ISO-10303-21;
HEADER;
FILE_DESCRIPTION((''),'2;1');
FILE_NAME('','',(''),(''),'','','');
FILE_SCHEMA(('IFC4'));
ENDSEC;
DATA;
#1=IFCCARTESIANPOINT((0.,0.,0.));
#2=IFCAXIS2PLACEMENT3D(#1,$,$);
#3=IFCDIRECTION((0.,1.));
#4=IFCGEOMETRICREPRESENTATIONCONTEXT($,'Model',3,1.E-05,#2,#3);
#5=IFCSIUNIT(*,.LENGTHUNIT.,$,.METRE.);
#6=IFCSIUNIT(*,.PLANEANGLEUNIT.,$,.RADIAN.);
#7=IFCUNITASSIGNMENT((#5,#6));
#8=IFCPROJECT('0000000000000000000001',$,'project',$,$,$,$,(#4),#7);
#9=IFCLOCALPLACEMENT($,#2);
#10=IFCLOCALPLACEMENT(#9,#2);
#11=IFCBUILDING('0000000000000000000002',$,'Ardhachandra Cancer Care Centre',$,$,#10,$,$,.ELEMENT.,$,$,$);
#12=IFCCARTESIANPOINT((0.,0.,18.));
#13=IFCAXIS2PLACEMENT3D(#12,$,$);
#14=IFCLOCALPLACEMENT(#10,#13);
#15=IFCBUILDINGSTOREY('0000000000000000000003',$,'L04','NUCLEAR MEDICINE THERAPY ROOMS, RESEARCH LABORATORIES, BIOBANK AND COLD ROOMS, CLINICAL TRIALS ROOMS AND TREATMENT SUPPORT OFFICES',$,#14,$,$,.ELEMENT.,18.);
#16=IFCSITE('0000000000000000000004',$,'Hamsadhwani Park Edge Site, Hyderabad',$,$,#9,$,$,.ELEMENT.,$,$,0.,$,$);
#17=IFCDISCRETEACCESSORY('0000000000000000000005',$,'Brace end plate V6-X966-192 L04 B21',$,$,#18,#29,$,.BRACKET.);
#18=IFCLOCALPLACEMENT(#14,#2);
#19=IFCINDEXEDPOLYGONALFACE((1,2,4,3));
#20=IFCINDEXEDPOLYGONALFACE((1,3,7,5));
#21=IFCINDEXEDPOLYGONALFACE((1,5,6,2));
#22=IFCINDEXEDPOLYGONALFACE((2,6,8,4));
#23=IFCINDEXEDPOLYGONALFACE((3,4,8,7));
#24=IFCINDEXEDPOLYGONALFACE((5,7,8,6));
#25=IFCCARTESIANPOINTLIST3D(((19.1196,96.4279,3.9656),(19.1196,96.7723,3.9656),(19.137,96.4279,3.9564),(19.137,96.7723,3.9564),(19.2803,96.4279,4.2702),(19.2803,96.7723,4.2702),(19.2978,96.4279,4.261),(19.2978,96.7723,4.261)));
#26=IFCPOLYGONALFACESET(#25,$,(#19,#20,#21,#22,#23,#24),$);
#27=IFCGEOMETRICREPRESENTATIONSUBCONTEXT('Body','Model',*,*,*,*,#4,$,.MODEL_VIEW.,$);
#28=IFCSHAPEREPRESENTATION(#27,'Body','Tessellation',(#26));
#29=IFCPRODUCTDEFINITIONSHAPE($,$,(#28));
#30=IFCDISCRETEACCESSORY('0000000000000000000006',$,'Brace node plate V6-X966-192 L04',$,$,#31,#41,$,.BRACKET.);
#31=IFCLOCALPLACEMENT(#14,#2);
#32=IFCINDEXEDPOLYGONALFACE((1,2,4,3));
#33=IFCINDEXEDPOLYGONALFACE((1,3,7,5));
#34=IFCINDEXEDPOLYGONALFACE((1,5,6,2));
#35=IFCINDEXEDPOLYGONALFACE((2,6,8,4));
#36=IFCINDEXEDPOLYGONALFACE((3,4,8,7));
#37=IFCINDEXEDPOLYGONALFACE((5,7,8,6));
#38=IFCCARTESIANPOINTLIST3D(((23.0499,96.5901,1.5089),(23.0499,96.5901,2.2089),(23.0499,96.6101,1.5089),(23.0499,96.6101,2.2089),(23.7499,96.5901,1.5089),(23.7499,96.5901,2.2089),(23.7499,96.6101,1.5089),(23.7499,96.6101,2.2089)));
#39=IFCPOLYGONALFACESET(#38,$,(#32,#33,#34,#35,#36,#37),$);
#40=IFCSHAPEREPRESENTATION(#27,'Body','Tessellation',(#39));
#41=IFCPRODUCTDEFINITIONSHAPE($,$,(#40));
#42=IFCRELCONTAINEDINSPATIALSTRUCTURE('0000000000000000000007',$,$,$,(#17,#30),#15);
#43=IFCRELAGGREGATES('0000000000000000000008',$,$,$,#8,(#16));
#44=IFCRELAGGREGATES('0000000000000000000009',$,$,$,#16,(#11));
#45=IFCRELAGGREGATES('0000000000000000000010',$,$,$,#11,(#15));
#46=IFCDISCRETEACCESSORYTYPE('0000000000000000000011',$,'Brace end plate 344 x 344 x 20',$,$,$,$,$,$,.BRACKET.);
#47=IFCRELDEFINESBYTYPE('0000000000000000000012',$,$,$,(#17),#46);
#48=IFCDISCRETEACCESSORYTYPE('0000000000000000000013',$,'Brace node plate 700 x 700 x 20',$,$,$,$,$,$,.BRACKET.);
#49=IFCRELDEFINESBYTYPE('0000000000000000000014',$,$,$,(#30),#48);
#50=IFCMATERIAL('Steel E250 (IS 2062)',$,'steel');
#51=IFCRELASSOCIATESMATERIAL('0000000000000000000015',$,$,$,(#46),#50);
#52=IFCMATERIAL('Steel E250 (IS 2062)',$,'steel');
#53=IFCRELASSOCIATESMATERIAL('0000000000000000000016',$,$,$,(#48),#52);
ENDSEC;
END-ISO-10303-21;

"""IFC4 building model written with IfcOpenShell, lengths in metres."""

from ifc_helpers import new_model, si_unit, direction, frame, origin, origin_2d, place, context, subcontext, project, spatial, rectangle, extrude, material, material_profile, profile_set, type_object, element, save


model = new_model("IFC4")

# Units and contexts
model_context = context("Model", 3, precision=1e-05, world=origin(), true_north=direction((0.0, 1.0)))
body_context = subcontext(model_context, "Body", "Model", "MODEL_VIEW")
ifc_project = project(units=[si_unit("LENGTHUNIT", "METRE"), si_unit("PLANEANGLEUNIT", "RADIAN")], contexts=[model_context])

# Site, building, storey
site_placement = place(None, origin())
site = spatial("IfcSite", under=ifc_project, at=site_placement, Name="Hamsadhwani Park Edge Site, Hyderabad", CompositionType="ELEMENT", RefElevation=0.0)
building_placement = place(site_placement, origin())
building = spatial("IfcBuilding", under=site, at=building_placement, Name="Ardhachandra Cancer Care Centre", CompositionType="ELEMENT")
storey_placement = place(building_placement, frame((0.0, 0.0, 18.0)))
storey = spatial("IfcBuildingStorey", under=building, at=storey_placement, Name="L04", Description="NUCLEAR MEDICINE THERAPY ROOMS, RESEARCH LABORATORIES, BIOBANK AND COLD ROOMS, CLINICAL TRIALS ROOMS AND TREATMENT SUPPORT OFFICES", CompositionType="ELEMENT", Elevation=18.0)

# Discrete accessories
ifc_material_1 = material(Name="Steel E250 (IS 2062)", Category="steel")
ifc_material_profile_1 = material_profile(ifc_material_1, rectangle(XDim=0.3445, YDim=0.3445, at=origin_2d()), Name="PL 344x344x20")
ifc_profile_set_1 = profile_set([ifc_material_profile_1], Name="Steel E250 (IS 2062)")
discrete_accessory_type_1 = type_object("IfcDiscreteAccessoryType", Name="Brace end plate 344 x 344 x 20", PredefinedType="BRACKET", material=ifc_profile_set_1)
for number, where, z_axis, x_axis, name in (
    (1, (19.2, 96.6001, 4.1179), (0.884385, 0.0, -0.466759), (0.0, 1.0, 0.0), "Brace end plate V6-X966-192 L04 B21"),
):
    element("IfcDiscreteAccessory", number, at=place(storey_placement, frame(where, z_axis=z_axis, x_axis=x_axis)), inside=storey, type_object=discrete_accessory_type_1, Name=name, PredefinedType="BRACKET", context=body_context, shape_type="SweptSolid", body=[
        extrude(rectangle(XDim=0.3445, YDim=0.3445, at=origin_2d()), origin(), (0.0, 0.0, 1.0), 0.0198),
    ])
ifc_material_2 = material(Name="Steel E250 (IS 2062)", Category="steel")
ifc_material_profile_2 = material_profile(ifc_material_2, rectangle(XDim=0.7, YDim=0.7, at=origin_2d()), Name="PL 700x700x20")
ifc_profile_set_2 = profile_set([ifc_material_profile_2], Name="Steel E250 (IS 2062)")
discrete_accessory_type_2 = type_object("IfcDiscreteAccessoryType", Name="Brace node plate 700 x 700 x 20", PredefinedType="BRACKET", material=ifc_profile_set_2)
discrete_accessory_placement = place(storey_placement, frame((23.3999, 96.5901, 1.8589), z_axis=(0.0, 1.0, 0.0), x_axis=(-1.0, 0.0, 0.0)))
element("IfcDiscreteAccessory", 2, at=discrete_accessory_placement, inside=storey, type_object=discrete_accessory_type_2, Name="Brace node plate V6-X966-192 L04", PredefinedType="BRACKET", context=body_context, shape_type="SweptSolid", body=[
    extrude(rectangle(XDim=0.7, YDim=0.7, at=origin_2d()), origin(), (0.0, 0.0, 1.0), 0.02),
])

save(model, "model.ifc")
